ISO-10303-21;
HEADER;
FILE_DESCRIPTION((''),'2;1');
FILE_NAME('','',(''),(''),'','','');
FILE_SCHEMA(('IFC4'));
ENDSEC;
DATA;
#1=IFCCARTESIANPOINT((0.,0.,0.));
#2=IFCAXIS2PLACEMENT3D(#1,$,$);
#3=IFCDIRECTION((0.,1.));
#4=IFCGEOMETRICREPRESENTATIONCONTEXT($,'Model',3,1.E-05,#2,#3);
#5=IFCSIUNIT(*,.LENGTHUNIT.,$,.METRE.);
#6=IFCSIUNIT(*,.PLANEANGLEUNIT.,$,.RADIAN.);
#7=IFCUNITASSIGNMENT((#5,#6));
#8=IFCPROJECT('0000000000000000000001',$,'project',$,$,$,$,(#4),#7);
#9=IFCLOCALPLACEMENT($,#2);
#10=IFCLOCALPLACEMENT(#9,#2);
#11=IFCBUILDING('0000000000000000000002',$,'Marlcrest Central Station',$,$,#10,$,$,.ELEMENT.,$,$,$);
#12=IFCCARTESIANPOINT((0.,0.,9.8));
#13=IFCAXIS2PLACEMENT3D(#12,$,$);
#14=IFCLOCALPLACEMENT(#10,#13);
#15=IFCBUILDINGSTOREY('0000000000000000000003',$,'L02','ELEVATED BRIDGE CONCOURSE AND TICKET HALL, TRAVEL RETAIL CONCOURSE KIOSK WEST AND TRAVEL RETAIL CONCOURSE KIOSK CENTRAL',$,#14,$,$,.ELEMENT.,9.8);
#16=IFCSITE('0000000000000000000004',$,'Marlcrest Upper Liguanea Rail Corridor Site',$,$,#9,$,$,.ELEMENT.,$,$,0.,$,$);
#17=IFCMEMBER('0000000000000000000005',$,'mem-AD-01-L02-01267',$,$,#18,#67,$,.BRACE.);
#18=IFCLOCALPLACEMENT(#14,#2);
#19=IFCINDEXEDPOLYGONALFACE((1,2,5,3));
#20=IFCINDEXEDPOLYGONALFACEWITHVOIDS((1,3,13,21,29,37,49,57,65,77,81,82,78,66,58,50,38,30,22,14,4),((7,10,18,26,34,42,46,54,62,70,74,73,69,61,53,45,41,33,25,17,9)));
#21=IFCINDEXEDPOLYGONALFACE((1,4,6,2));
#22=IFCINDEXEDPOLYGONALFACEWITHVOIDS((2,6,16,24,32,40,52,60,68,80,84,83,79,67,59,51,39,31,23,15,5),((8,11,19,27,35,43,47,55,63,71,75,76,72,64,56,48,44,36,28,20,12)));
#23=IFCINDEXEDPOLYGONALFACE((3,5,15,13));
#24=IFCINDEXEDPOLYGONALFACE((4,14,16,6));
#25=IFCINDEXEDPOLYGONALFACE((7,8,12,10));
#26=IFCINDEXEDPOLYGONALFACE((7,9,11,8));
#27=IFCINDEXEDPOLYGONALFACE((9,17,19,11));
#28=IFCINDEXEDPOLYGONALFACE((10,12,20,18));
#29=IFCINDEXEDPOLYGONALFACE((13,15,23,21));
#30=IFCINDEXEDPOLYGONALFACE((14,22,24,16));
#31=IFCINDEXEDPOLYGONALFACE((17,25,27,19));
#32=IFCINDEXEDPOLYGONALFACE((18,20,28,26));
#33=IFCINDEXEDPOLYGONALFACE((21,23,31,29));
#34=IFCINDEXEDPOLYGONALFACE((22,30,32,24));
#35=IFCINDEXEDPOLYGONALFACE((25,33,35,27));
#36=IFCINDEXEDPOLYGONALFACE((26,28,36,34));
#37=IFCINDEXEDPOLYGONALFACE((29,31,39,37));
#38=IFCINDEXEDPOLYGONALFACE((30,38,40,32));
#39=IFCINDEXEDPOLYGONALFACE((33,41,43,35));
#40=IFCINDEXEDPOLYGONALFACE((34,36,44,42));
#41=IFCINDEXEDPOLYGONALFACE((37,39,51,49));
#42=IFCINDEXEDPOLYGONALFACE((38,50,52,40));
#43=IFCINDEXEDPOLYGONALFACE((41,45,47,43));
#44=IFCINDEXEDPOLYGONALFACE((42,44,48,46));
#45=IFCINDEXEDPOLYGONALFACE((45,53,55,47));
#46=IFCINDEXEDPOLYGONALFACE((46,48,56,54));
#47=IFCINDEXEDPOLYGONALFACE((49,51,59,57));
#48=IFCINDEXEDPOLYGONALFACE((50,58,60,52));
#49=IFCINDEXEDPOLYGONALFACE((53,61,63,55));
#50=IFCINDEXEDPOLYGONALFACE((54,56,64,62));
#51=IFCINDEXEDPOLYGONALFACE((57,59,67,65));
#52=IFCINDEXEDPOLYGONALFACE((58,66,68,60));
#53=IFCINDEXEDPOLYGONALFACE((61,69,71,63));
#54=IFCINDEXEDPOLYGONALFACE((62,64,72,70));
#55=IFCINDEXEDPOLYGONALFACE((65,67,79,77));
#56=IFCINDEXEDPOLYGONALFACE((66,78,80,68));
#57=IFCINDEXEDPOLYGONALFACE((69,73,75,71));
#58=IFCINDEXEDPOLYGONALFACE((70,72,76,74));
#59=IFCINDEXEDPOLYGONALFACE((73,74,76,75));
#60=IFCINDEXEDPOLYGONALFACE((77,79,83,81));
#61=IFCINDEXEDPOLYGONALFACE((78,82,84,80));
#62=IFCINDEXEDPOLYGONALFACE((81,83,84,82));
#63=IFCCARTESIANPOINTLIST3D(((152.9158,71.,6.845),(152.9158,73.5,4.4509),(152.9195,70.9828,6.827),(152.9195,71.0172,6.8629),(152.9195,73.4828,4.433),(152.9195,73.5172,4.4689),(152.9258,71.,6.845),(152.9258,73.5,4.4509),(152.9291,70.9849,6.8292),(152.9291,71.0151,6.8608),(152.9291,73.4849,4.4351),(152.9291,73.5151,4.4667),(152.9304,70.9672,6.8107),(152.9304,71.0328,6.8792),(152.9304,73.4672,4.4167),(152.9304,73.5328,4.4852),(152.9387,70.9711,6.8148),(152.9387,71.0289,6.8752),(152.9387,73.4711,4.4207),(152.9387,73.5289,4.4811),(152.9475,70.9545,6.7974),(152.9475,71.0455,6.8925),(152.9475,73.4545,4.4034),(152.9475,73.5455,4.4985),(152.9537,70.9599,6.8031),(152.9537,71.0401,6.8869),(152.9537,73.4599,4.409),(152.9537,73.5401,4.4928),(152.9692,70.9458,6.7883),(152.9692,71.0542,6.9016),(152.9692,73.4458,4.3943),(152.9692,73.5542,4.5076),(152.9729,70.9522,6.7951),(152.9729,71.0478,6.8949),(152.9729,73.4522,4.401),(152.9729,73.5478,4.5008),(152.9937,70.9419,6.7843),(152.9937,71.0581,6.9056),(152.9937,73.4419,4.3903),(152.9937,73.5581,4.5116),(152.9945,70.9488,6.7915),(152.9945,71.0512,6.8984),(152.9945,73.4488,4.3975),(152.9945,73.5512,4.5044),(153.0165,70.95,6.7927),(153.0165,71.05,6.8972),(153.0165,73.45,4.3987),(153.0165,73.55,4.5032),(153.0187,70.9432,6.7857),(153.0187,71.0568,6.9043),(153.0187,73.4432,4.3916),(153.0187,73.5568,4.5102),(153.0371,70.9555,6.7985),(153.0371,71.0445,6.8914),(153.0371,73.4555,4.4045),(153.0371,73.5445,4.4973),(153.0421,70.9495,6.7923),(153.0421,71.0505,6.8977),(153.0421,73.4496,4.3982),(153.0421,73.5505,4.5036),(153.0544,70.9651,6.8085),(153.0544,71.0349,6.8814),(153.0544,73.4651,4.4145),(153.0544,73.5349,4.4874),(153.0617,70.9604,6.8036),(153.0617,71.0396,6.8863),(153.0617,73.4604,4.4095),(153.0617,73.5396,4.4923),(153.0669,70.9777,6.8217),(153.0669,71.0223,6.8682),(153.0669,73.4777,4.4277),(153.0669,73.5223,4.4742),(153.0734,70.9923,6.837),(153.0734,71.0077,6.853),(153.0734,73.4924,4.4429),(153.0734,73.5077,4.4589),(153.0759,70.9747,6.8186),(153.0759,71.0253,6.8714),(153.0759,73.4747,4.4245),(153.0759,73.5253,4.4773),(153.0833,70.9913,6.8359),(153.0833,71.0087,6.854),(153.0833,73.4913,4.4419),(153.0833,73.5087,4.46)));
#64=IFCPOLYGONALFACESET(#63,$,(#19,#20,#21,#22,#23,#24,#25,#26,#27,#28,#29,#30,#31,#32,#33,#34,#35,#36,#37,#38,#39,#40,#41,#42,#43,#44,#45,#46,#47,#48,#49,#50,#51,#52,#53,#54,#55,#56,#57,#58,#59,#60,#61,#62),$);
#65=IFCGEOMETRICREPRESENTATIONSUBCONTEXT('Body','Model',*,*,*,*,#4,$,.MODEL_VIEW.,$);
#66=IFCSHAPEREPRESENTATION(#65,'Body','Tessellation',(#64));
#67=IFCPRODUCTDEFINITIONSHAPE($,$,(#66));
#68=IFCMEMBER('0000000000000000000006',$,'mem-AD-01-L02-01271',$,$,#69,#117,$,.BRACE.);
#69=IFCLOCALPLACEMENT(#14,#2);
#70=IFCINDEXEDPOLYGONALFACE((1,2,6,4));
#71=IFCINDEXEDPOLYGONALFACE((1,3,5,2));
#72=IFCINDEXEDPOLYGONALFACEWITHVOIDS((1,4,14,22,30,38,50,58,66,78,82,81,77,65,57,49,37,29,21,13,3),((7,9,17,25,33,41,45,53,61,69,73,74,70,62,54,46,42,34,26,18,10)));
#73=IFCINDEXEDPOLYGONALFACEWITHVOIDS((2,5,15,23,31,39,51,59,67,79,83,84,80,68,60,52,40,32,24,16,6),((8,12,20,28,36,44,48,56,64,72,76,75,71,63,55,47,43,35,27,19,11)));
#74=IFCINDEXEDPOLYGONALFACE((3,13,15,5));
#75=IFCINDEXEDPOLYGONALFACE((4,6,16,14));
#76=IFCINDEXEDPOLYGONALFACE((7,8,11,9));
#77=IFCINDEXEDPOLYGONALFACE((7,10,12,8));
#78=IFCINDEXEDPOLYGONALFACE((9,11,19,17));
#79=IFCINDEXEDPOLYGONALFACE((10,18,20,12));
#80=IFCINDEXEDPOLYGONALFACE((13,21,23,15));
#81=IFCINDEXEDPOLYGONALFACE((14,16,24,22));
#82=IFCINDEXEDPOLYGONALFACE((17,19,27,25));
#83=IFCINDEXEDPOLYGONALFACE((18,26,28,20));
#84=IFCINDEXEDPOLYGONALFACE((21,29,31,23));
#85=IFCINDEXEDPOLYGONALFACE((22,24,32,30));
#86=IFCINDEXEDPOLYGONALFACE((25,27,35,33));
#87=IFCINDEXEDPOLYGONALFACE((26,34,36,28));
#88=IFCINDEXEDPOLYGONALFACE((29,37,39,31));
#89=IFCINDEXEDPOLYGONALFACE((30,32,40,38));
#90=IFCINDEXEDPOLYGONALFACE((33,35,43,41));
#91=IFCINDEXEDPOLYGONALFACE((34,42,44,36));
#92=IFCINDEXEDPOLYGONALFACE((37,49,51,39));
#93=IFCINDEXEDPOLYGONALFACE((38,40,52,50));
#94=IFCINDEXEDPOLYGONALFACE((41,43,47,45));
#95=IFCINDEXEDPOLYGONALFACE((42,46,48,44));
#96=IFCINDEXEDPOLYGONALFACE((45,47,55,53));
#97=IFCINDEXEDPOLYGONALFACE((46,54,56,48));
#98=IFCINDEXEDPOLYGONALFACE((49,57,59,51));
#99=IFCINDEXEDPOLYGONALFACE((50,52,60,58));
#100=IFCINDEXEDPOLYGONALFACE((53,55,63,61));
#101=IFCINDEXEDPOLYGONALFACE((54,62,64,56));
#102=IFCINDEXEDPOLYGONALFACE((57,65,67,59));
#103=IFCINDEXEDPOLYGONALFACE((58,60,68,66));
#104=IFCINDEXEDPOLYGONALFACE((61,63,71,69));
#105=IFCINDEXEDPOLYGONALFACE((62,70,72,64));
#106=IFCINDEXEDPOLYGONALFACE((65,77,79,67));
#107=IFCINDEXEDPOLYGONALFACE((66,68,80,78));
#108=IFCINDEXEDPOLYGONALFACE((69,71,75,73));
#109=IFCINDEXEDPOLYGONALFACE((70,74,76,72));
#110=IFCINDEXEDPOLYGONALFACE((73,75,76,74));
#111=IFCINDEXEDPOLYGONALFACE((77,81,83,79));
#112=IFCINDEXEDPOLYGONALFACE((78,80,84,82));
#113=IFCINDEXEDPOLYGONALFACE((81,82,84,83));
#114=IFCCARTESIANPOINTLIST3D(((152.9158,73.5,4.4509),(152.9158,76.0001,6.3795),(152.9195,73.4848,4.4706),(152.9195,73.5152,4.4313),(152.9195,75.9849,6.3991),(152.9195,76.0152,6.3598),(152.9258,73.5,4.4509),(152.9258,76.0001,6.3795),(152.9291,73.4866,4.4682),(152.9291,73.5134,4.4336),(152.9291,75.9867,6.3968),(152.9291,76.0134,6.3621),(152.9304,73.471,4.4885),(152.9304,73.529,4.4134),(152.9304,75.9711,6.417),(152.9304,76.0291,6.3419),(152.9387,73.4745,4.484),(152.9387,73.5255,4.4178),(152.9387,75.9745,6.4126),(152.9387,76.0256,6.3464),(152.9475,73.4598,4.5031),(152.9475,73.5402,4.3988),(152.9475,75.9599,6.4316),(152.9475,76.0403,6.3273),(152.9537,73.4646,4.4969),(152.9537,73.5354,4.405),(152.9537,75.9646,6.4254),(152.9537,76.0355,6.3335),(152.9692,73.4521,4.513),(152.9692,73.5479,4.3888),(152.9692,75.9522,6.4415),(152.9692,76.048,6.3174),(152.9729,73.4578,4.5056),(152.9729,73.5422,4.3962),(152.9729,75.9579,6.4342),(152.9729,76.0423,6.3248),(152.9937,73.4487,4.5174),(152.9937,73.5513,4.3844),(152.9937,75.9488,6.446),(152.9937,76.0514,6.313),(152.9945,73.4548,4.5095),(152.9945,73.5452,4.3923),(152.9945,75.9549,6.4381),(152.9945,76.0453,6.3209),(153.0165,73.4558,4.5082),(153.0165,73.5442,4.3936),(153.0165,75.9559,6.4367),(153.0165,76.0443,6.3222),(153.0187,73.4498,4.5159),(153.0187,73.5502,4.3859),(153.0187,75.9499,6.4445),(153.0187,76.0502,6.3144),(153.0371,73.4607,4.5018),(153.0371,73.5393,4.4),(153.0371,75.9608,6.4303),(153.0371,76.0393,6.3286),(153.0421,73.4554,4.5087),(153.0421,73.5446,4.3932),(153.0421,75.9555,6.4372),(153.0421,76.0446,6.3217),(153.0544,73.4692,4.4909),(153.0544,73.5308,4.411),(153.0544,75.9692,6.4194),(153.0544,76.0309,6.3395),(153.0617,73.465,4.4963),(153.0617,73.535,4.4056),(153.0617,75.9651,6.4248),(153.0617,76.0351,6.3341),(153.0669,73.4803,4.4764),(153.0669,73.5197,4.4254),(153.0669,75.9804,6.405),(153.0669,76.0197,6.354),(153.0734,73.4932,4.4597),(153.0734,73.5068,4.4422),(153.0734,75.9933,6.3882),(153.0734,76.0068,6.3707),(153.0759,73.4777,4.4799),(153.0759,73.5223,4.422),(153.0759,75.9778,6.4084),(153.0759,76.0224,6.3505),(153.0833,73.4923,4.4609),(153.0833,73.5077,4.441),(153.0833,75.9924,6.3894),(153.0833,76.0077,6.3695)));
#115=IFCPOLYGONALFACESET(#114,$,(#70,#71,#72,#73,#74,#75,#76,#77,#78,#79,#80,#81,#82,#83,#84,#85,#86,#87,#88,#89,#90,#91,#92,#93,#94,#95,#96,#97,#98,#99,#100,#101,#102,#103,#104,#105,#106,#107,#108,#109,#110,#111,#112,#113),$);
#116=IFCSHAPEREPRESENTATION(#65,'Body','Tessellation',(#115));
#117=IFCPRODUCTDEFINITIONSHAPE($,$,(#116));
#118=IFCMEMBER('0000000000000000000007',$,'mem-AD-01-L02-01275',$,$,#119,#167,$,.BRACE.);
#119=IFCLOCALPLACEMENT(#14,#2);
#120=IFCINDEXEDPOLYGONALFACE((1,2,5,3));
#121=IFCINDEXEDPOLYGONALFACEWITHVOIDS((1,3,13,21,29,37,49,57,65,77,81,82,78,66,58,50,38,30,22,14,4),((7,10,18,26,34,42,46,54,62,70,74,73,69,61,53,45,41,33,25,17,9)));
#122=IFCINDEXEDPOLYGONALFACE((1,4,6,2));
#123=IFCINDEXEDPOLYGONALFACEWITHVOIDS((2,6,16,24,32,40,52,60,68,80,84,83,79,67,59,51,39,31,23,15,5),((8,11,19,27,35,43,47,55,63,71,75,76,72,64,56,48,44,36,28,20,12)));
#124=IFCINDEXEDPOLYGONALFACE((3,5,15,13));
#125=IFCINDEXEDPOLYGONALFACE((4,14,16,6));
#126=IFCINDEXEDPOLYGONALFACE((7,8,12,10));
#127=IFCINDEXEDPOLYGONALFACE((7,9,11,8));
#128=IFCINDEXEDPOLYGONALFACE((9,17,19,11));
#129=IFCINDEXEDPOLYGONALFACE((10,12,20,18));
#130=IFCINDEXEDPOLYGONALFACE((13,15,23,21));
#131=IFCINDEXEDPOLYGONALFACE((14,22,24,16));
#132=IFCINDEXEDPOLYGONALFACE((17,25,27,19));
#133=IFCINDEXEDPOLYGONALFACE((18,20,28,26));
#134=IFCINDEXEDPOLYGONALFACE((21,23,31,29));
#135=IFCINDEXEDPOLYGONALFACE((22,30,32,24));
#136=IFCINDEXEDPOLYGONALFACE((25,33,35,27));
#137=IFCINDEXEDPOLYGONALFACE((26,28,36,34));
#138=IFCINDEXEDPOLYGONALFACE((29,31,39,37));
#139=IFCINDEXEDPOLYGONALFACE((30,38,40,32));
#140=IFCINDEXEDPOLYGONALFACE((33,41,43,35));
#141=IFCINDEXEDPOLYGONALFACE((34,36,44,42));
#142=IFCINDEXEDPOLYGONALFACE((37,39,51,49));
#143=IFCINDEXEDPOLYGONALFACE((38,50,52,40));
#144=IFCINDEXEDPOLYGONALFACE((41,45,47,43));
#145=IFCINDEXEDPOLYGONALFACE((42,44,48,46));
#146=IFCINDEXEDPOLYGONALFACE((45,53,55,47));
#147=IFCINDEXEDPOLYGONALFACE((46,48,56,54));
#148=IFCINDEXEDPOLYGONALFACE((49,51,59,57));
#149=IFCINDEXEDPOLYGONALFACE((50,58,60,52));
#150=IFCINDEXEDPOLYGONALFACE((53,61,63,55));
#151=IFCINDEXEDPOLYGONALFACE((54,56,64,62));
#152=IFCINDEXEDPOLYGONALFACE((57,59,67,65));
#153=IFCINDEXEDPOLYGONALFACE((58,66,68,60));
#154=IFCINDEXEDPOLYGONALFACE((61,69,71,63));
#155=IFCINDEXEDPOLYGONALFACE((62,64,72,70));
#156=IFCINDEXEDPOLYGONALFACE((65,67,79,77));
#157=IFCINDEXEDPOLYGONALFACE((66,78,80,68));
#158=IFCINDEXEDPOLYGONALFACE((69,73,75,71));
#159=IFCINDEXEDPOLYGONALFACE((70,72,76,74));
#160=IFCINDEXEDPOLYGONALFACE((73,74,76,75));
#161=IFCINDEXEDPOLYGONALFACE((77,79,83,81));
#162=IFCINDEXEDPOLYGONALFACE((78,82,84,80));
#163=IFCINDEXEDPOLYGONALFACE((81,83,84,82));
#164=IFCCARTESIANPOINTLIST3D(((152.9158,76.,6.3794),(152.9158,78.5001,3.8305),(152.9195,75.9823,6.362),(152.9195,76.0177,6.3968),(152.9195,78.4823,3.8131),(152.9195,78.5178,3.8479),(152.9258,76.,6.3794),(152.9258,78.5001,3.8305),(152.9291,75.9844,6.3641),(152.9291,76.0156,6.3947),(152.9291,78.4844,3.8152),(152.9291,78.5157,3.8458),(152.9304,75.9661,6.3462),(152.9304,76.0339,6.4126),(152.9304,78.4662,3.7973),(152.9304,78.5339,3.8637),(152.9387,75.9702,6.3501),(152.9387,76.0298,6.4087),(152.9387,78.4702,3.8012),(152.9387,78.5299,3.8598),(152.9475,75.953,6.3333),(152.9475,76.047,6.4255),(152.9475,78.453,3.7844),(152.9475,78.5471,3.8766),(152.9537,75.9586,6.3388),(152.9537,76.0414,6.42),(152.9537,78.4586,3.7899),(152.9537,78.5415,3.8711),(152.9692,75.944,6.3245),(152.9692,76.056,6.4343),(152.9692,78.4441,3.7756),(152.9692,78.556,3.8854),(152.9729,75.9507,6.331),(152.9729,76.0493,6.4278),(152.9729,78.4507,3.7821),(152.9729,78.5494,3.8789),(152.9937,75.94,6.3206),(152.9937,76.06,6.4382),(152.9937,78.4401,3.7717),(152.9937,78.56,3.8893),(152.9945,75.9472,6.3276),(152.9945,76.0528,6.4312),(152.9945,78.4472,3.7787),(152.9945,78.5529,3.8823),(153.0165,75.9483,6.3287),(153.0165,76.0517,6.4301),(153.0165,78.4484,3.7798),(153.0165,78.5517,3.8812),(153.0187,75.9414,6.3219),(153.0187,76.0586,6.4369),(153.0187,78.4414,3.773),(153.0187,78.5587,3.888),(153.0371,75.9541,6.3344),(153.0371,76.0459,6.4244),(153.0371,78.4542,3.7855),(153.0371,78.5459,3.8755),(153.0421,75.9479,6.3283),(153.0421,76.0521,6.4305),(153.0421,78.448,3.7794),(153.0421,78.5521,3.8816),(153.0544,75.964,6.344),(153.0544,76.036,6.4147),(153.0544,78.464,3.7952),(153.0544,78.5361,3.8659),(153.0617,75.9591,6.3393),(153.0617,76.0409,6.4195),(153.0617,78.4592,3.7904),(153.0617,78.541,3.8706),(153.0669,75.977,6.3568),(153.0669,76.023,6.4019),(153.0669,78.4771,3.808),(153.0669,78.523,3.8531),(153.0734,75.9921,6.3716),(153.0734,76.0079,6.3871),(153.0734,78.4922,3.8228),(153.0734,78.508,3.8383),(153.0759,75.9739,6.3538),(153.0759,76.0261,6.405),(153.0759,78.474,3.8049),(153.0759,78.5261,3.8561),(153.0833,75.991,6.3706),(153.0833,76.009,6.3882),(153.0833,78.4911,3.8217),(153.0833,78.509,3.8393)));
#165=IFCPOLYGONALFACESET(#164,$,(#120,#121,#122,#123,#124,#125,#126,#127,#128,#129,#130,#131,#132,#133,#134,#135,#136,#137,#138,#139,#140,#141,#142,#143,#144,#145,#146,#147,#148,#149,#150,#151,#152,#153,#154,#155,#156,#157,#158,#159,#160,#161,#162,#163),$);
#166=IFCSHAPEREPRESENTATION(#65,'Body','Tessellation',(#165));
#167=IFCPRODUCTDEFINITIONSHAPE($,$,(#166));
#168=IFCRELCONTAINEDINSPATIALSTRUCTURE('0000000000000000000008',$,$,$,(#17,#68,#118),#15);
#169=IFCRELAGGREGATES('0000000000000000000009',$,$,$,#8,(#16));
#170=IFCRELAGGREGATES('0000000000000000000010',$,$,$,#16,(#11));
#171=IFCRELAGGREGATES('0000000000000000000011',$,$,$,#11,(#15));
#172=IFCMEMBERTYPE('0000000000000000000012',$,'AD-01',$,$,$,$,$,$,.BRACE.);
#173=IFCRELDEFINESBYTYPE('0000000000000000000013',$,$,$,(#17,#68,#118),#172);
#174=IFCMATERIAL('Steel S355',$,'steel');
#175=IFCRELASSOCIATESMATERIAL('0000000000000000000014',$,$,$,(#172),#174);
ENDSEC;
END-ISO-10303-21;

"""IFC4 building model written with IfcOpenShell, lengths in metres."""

from ifc_helpers import new_model, si_unit, direction, frame, origin, origin_2d, place, context, subcontext, project, spatial, hollow_circle, extrude, material, material_profile, profile_set, type_object, element, save


model = new_model("IFC4")

# Units and contexts
model_context = context("Model", 3, precision=1e-05, world=origin(), true_north=direction((0.0, 1.0)))
body_context = subcontext(model_context, "Body", "Model", "MODEL_VIEW")
ifc_project = project(units=[si_unit("LENGTHUNIT", "METRE"), si_unit("PLANEANGLEUNIT", "RADIAN")], contexts=[model_context])

# Site, building, storey
site_placement = place(None, origin())
site = spatial("IfcSite", under=ifc_project, at=site_placement, Name="Marlcrest Upper Liguanea Rail Corridor Site", CompositionType="ELEMENT", RefElevation=0.0)
building_placement = place(site_placement, origin())
building = spatial("IfcBuilding", under=site, at=building_placement, Name="Marlcrest Central Station", CompositionType="ELEMENT")
storey_placement = place(building_placement, frame((0.0, 0.0, 9.8)))
storey = spatial("IfcBuildingStorey", under=building, at=storey_placement, Name="L02", Description="ELEVATED BRIDGE CONCOURSE AND TICKET HALL, TRAVEL RETAIL CONCOURSE KIOSK WEST AND TRAVEL RETAIL CONCOURSE KIOSK CENTRAL", CompositionType="ELEMENT", Elevation=9.8)

# Members
ifc_material = material(Name="Steel S355", Category="steel")
ifc_material_profile_1 = material_profile(ifc_material, hollow_circle(Radius=0.0842, WallThickness=0.01, at=origin_2d()), Name="CHS 168.3x10")
ifc_profile_set_1 = profile_set([ifc_material_profile_1], Name="Steel S355")
member_type_1 = type_object("IfcMemberType", Name="AD-01", PredefinedType="BRACE", material=ifc_profile_set_1)
member_1_placement = place(storey_placement, frame((153.0, 71.0, 6.845), z_axis=(0.0, 0.722247, -0.691636), x_axis=(-1.0, 0.0, 0.0)))
element("IfcMember", 1, at=member_1_placement, inside=storey, type_object=member_type_1, Name="mem-AD-01-L02-01267", PredefinedType="BRACE", context=body_context, shape_type="SweptSolid", body=[
    extrude(hollow_circle(Radius=0.0842, WallThickness=0.01, at=origin_2d()), origin(), (0.0, 0.0, 1.0), 3.4614),
])
member_2_placement = place(storey_placement, frame((153.0, 73.5, 4.4509), z_axis=(0.0, 0.791798, 0.610783), x_axis=(-1.0, 0.0, 0.0)))
element("IfcMember", 2, at=member_2_placement, inside=storey, type_object=member_type_1, Name="mem-AD-01-L02-01271", PredefinedType="BRACE", context=body_context, shape_type="SweptSolid", body=[
    extrude(hollow_circle(Radius=0.0842, WallThickness=0.01, at=origin_2d()), origin(), (0.0, 0.0, 1.0), 3.1575),
])
member_3_placement = place(storey_placement, frame((153.0, 76.0, 6.3794), z_axis=(0.0, 0.700235, -0.713912), x_axis=(-1.0, 0.0, 0.0)))
element("IfcMember", 3, at=member_3_placement, inside=storey, type_object=member_type_1, Name="mem-AD-01-L02-01275", PredefinedType="BRACE", context=body_context, shape_type="SweptSolid", body=[
    extrude(hollow_circle(Radius=0.0842, WallThickness=0.01, at=origin_2d()), origin(), (0.0, 0.0, 1.0), 3.5703),
])

save(model, "model.ifc")
